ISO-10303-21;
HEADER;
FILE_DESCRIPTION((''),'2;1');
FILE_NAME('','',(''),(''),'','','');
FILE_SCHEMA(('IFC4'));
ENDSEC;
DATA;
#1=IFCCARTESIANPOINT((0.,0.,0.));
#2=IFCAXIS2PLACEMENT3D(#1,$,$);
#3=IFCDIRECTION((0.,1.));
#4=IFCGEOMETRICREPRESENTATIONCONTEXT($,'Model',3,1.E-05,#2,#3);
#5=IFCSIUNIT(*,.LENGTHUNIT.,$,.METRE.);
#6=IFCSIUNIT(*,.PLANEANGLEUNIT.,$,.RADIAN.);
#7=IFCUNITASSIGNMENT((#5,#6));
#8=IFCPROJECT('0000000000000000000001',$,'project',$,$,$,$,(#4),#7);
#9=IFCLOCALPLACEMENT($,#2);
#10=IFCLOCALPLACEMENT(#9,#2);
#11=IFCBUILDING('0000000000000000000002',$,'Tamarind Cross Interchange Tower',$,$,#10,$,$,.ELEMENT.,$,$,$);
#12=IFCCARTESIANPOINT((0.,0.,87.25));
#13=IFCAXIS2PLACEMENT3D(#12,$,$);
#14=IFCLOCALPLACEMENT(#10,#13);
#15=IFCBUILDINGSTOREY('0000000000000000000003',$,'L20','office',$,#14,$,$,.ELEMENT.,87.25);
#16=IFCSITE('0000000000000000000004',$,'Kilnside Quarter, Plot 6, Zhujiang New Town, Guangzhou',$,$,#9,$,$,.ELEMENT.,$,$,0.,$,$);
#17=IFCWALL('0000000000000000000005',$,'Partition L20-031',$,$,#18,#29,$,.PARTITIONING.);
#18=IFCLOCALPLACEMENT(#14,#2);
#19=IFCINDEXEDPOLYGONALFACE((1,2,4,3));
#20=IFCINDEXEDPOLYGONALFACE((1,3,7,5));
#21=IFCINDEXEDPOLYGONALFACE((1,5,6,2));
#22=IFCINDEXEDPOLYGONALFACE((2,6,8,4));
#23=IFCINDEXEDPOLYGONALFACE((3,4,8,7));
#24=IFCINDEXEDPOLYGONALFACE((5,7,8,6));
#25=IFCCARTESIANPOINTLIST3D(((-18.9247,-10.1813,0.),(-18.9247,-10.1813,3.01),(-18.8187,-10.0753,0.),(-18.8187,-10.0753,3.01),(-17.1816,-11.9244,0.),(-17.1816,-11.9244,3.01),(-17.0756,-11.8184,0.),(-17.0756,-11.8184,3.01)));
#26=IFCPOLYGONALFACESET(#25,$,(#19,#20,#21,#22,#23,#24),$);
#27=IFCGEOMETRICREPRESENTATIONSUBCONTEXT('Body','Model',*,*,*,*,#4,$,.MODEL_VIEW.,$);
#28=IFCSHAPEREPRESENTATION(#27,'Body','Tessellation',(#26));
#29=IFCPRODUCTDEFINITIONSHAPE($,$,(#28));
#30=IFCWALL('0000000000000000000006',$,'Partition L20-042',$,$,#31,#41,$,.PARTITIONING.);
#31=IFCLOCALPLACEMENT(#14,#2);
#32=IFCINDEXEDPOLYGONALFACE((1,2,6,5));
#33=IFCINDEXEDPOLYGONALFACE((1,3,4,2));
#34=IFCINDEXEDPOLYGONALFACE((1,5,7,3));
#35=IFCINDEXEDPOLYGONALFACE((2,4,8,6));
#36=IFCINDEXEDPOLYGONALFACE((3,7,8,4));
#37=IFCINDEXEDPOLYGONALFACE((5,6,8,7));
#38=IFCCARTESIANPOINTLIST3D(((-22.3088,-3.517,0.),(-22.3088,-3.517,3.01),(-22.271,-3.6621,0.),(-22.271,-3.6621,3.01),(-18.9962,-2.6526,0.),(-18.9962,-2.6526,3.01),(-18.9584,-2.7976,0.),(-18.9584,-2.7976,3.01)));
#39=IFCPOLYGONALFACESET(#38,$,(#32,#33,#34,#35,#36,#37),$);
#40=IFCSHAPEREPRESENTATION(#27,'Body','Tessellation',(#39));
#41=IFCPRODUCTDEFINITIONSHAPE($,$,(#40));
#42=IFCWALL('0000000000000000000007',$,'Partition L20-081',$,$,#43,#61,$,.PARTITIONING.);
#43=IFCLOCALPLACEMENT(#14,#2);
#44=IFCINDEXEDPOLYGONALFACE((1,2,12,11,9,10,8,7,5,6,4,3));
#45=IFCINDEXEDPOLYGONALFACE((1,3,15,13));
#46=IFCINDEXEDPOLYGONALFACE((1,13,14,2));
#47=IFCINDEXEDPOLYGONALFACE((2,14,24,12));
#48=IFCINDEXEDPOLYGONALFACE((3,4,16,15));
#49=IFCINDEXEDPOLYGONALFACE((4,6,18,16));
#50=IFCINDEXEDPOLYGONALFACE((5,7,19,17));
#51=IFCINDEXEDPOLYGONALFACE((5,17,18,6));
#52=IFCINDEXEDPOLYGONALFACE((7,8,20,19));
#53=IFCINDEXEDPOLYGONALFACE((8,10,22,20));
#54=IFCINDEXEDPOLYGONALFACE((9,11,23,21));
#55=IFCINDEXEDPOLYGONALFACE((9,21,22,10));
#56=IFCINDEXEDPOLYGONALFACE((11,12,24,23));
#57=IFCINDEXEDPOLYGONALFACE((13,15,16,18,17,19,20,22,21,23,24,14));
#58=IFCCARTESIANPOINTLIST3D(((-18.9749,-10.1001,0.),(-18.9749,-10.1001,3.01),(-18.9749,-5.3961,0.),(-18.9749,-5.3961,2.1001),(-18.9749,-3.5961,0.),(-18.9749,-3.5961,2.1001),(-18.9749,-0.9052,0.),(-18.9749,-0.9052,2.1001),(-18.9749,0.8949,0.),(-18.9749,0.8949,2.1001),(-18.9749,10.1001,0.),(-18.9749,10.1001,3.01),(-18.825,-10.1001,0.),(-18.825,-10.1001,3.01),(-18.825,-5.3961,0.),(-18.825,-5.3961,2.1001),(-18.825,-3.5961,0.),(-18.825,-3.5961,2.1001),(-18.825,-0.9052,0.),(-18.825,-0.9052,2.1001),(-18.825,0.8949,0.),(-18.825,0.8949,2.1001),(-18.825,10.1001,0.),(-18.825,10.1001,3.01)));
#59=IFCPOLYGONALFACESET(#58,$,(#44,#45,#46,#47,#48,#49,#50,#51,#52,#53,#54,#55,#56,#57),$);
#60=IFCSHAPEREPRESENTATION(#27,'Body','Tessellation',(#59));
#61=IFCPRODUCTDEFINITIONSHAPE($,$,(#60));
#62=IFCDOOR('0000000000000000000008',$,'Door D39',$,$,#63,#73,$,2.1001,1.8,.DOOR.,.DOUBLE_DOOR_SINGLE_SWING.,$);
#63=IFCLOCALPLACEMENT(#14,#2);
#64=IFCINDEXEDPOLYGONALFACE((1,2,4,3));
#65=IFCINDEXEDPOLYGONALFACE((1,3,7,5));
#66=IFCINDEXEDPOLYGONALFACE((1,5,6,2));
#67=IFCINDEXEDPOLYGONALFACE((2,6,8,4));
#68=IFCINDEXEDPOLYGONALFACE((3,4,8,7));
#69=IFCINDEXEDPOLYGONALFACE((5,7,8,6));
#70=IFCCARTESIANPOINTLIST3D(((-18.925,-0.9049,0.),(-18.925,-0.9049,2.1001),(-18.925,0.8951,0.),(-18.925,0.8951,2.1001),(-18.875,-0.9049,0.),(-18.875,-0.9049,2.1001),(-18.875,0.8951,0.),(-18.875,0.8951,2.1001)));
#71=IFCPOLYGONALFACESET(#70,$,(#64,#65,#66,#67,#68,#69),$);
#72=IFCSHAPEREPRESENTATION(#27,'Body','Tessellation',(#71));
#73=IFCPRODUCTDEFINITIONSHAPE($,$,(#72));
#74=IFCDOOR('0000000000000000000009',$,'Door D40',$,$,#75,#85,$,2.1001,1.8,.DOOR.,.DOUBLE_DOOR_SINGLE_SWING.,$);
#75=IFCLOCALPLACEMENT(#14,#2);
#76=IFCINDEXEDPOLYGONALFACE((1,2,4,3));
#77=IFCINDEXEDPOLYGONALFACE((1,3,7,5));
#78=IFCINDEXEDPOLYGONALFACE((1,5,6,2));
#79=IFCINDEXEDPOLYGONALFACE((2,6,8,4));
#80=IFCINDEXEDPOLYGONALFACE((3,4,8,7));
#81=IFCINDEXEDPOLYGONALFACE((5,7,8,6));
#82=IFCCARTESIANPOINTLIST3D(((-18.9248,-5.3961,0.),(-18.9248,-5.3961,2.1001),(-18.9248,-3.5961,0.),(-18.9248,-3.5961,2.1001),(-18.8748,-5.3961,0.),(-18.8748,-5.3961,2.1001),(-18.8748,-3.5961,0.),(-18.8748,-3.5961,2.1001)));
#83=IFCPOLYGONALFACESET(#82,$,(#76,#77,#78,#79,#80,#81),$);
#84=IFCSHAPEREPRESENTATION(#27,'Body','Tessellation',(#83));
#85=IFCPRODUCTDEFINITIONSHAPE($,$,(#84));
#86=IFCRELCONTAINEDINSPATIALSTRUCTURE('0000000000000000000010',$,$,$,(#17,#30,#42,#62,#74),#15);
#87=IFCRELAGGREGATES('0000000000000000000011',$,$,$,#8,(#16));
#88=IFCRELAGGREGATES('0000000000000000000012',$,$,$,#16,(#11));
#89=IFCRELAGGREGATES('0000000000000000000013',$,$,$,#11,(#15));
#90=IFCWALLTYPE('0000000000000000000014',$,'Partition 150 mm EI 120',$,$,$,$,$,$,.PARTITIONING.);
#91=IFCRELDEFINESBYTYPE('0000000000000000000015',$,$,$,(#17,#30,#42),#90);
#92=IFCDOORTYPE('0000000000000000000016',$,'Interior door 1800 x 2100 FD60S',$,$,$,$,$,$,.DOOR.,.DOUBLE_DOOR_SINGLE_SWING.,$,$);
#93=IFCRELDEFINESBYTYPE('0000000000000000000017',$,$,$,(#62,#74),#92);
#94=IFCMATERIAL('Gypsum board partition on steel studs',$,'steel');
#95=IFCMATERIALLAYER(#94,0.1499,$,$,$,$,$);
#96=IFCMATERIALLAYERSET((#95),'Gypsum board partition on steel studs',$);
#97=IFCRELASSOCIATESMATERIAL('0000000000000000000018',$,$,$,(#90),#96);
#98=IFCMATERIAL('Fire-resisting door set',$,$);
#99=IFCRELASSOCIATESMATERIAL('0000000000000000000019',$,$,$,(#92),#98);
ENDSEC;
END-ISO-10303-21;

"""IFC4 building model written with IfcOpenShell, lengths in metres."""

from ifc_helpers import new_model, si_unit, direction, frame, frame_2d, origin, place, context, subcontext, project, spatial, rectangle, extrude, material, layer, layer_set, type_object, element, fill, save


model = new_model("IFC4")

# Units and contexts
model_context = context("Model", 3, precision=1e-05, world=origin(), true_north=direction((0.0, 1.0)))
body_context = subcontext(model_context, "Body", "Model", "MODEL_VIEW")
ifc_project = project(units=[si_unit("LENGTHUNIT", "METRE"), si_unit("PLANEANGLEUNIT", "RADIAN")], contexts=[model_context])

# Site, building, storey
site_placement = place(None, origin())
site = spatial("IfcSite", under=ifc_project, at=site_placement, Name="Kilnside Quarter, Plot 6, Zhujiang New Town, Guangzhou", CompositionType="ELEMENT", RefElevation=0.0)
building_placement = place(site_placement, origin())
building = spatial("IfcBuilding", under=site, at=building_placement, Name="Tamarind Cross Interchange Tower", CompositionType="ELEMENT")
storey_placement = place(building_placement, frame((0.0, 0.0, 87.25)))
storey = spatial("IfcBuildingStorey", under=building, at=storey_placement, Name="L20", Description="office", CompositionType="ELEMENT", Elevation=87.25)

# Walls
ifc_material_1 = material(Name="Gypsum board partition on steel studs", Category="steel")
ifc_layer_1 = layer(ifc_material_1, 0.1499)
ifc_layer_set_1 = layer_set([ifc_layer_1], Name="Gypsum board partition on steel studs")
wall_type_1 = type_object("IfcWallType", Name="Partition 150 mm EI 120", PredefinedType="PARTITIONING", material=ifc_layer_set_1)
wall_1_placement = place(storey_placement, frame((-18.8716, -10.1284, 0.0), z_axis=(0.0, 0.0, 1.0), x_axis=(0.707107, -0.707107, 0.0)))
element("IfcWall", 1, at=wall_1_placement, inside=storey, type_object=wall_type_1, Name="Partition L20-031", PredefinedType="PARTITIONING", context=body_context, shape_type="SweptSolid", body=[
    extrude(rectangle(XDim=2.4651, YDim=0.1499, at=frame_2d((1.2324, 0.0))), origin(), (0.0, 0.0, 1.0), 3.01),
])
wall_2_placement = place(storey_placement, frame((-22.29, -3.5896, 0.0), z_axis=(0.0, 0.0, 1.0), x_axis=(0.967595, 0.252506, 0.0)))
element("IfcWall", 2, at=wall_2_placement, inside=storey, type_object=wall_type_1, Name="Partition L20-042", PredefinedType="PARTITIONING", context=body_context, shape_type="SweptSolid", body=[
    extrude(rectangle(XDim=3.4236, YDim=0.1499, at=frame_2d((1.7119, 0.0))), origin(), (0.0, 0.0, 1.0), 3.01),
])

# Wall, openings, doors
wall_3_placement = place(storey_placement, frame((-18.8999, -10.1001, 0.0), z_axis=(0.0, 0.0, 1.0), x_axis=(0.0, 1.0, 0.0)))
wall_3 = element("IfcWall", 3, at=wall_3_placement, inside=storey, type_object=wall_type_1, Name="Partition L20-081", PredefinedType="PARTITIONING", context=body_context, shape_type="SweptSolid", body=[
    extrude(rectangle(XDim=20.2002, YDim=0.1499, at=frame_2d((10.1001, 0.0))), origin(), (0.0, 0.0, 1.0), 3.01),
])
opening_1_placement = place(wall_3_placement, frame((9.1951, 0.0, 0.0)))
opening_1 = element("IfcOpeningElement", 4, at=opening_1_placement, cuts=wall_3, PredefinedType="OPENING", context=body_context, shape_type="SweptSolid", body=[
    extrude(rectangle(XDim=1.8, YDim=2.1001, at=frame_2d((0.8999, 1.05))), frame((0.0, 0.085, 0.0), z_axis=(0.0, -1.0, 0.0), x_axis=(1.0, 0.0, 0.0)), (0.0, 0.0, 1.0), 0.1699),
])
opening_2_placement = place(wall_3_placement, frame((4.7041, 0.0, 0.0)))
opening_2 = element("IfcOpeningElement", 5, at=opening_2_placement, cuts=wall_3, PredefinedType="OPENING", context=body_context, shape_type="SweptSolid", body=[
    extrude(rectangle(XDim=1.8, YDim=2.1001, at=frame_2d((0.8999, 1.05))), frame((0.0, 0.085, 0.0), z_axis=(0.0, -1.0, 0.0), x_axis=(1.0, 0.0, 0.0)), (0.0, 0.0, 1.0), 0.1699),
])
ifc_material_2 = material(Name="Fire-resisting door set")
door_type_1 = type_object("IfcDoorType", Name="Interior door 1800 x 2100 FD60S", OperationType="DOUBLE_DOOR_SINGLE_SWING", PredefinedType="DOOR", material=ifc_material_2)
door_1_placement = place(opening_1_placement, frame((1.8, 0.0, 0.0), z_axis=(0.0, 0.0, 1.0), x_axis=(-1.0, 0.0, 0.0)))
door_1 = element("IfcDoor", 6, at=door_1_placement, inside=storey, type_object=door_type_1, Name="Door D39", OperationType="DOUBLE_DOOR_SINGLE_SWING", OverallHeight=2.1001, OverallWidth=1.8, PredefinedType="DOOR", context=body_context, shape_type="SweptSolid", body=[
    extrude(rectangle(XDim=1.8, YDim=2.1001, at=frame_2d((0.8999, 1.05))), frame((0.0, 0.0249, 0.0), z_axis=(0.0, -1.0, 0.0), x_axis=(1.0, 0.0, 0.0)), (0.0, 0.0, 1.0), 0.05),
])
fill(opening_1, door_1)
door_2_placement = place(opening_2_placement, origin())
door_2 = element("IfcDoor", 7, at=door_2_placement, inside=storey, type_object=door_type_1, Name="Door D40", OperationType="DOUBLE_DOOR_SINGLE_SWING", OverallHeight=2.1001, OverallWidth=1.8, PredefinedType="DOOR", context=body_context, shape_type="SweptSolid", body=[
    extrude(rectangle(XDim=1.8, YDim=2.1001, at=frame_2d((0.8999, 1.05))), frame((0.0, 0.0249, 0.0), z_axis=(0.0, -1.0, 0.0), x_axis=(1.0, 0.0, 0.0)), (0.0, 0.0, 1.0), 0.05),
])
fill(opening_2, door_2)

save(model, "model.ifc")
